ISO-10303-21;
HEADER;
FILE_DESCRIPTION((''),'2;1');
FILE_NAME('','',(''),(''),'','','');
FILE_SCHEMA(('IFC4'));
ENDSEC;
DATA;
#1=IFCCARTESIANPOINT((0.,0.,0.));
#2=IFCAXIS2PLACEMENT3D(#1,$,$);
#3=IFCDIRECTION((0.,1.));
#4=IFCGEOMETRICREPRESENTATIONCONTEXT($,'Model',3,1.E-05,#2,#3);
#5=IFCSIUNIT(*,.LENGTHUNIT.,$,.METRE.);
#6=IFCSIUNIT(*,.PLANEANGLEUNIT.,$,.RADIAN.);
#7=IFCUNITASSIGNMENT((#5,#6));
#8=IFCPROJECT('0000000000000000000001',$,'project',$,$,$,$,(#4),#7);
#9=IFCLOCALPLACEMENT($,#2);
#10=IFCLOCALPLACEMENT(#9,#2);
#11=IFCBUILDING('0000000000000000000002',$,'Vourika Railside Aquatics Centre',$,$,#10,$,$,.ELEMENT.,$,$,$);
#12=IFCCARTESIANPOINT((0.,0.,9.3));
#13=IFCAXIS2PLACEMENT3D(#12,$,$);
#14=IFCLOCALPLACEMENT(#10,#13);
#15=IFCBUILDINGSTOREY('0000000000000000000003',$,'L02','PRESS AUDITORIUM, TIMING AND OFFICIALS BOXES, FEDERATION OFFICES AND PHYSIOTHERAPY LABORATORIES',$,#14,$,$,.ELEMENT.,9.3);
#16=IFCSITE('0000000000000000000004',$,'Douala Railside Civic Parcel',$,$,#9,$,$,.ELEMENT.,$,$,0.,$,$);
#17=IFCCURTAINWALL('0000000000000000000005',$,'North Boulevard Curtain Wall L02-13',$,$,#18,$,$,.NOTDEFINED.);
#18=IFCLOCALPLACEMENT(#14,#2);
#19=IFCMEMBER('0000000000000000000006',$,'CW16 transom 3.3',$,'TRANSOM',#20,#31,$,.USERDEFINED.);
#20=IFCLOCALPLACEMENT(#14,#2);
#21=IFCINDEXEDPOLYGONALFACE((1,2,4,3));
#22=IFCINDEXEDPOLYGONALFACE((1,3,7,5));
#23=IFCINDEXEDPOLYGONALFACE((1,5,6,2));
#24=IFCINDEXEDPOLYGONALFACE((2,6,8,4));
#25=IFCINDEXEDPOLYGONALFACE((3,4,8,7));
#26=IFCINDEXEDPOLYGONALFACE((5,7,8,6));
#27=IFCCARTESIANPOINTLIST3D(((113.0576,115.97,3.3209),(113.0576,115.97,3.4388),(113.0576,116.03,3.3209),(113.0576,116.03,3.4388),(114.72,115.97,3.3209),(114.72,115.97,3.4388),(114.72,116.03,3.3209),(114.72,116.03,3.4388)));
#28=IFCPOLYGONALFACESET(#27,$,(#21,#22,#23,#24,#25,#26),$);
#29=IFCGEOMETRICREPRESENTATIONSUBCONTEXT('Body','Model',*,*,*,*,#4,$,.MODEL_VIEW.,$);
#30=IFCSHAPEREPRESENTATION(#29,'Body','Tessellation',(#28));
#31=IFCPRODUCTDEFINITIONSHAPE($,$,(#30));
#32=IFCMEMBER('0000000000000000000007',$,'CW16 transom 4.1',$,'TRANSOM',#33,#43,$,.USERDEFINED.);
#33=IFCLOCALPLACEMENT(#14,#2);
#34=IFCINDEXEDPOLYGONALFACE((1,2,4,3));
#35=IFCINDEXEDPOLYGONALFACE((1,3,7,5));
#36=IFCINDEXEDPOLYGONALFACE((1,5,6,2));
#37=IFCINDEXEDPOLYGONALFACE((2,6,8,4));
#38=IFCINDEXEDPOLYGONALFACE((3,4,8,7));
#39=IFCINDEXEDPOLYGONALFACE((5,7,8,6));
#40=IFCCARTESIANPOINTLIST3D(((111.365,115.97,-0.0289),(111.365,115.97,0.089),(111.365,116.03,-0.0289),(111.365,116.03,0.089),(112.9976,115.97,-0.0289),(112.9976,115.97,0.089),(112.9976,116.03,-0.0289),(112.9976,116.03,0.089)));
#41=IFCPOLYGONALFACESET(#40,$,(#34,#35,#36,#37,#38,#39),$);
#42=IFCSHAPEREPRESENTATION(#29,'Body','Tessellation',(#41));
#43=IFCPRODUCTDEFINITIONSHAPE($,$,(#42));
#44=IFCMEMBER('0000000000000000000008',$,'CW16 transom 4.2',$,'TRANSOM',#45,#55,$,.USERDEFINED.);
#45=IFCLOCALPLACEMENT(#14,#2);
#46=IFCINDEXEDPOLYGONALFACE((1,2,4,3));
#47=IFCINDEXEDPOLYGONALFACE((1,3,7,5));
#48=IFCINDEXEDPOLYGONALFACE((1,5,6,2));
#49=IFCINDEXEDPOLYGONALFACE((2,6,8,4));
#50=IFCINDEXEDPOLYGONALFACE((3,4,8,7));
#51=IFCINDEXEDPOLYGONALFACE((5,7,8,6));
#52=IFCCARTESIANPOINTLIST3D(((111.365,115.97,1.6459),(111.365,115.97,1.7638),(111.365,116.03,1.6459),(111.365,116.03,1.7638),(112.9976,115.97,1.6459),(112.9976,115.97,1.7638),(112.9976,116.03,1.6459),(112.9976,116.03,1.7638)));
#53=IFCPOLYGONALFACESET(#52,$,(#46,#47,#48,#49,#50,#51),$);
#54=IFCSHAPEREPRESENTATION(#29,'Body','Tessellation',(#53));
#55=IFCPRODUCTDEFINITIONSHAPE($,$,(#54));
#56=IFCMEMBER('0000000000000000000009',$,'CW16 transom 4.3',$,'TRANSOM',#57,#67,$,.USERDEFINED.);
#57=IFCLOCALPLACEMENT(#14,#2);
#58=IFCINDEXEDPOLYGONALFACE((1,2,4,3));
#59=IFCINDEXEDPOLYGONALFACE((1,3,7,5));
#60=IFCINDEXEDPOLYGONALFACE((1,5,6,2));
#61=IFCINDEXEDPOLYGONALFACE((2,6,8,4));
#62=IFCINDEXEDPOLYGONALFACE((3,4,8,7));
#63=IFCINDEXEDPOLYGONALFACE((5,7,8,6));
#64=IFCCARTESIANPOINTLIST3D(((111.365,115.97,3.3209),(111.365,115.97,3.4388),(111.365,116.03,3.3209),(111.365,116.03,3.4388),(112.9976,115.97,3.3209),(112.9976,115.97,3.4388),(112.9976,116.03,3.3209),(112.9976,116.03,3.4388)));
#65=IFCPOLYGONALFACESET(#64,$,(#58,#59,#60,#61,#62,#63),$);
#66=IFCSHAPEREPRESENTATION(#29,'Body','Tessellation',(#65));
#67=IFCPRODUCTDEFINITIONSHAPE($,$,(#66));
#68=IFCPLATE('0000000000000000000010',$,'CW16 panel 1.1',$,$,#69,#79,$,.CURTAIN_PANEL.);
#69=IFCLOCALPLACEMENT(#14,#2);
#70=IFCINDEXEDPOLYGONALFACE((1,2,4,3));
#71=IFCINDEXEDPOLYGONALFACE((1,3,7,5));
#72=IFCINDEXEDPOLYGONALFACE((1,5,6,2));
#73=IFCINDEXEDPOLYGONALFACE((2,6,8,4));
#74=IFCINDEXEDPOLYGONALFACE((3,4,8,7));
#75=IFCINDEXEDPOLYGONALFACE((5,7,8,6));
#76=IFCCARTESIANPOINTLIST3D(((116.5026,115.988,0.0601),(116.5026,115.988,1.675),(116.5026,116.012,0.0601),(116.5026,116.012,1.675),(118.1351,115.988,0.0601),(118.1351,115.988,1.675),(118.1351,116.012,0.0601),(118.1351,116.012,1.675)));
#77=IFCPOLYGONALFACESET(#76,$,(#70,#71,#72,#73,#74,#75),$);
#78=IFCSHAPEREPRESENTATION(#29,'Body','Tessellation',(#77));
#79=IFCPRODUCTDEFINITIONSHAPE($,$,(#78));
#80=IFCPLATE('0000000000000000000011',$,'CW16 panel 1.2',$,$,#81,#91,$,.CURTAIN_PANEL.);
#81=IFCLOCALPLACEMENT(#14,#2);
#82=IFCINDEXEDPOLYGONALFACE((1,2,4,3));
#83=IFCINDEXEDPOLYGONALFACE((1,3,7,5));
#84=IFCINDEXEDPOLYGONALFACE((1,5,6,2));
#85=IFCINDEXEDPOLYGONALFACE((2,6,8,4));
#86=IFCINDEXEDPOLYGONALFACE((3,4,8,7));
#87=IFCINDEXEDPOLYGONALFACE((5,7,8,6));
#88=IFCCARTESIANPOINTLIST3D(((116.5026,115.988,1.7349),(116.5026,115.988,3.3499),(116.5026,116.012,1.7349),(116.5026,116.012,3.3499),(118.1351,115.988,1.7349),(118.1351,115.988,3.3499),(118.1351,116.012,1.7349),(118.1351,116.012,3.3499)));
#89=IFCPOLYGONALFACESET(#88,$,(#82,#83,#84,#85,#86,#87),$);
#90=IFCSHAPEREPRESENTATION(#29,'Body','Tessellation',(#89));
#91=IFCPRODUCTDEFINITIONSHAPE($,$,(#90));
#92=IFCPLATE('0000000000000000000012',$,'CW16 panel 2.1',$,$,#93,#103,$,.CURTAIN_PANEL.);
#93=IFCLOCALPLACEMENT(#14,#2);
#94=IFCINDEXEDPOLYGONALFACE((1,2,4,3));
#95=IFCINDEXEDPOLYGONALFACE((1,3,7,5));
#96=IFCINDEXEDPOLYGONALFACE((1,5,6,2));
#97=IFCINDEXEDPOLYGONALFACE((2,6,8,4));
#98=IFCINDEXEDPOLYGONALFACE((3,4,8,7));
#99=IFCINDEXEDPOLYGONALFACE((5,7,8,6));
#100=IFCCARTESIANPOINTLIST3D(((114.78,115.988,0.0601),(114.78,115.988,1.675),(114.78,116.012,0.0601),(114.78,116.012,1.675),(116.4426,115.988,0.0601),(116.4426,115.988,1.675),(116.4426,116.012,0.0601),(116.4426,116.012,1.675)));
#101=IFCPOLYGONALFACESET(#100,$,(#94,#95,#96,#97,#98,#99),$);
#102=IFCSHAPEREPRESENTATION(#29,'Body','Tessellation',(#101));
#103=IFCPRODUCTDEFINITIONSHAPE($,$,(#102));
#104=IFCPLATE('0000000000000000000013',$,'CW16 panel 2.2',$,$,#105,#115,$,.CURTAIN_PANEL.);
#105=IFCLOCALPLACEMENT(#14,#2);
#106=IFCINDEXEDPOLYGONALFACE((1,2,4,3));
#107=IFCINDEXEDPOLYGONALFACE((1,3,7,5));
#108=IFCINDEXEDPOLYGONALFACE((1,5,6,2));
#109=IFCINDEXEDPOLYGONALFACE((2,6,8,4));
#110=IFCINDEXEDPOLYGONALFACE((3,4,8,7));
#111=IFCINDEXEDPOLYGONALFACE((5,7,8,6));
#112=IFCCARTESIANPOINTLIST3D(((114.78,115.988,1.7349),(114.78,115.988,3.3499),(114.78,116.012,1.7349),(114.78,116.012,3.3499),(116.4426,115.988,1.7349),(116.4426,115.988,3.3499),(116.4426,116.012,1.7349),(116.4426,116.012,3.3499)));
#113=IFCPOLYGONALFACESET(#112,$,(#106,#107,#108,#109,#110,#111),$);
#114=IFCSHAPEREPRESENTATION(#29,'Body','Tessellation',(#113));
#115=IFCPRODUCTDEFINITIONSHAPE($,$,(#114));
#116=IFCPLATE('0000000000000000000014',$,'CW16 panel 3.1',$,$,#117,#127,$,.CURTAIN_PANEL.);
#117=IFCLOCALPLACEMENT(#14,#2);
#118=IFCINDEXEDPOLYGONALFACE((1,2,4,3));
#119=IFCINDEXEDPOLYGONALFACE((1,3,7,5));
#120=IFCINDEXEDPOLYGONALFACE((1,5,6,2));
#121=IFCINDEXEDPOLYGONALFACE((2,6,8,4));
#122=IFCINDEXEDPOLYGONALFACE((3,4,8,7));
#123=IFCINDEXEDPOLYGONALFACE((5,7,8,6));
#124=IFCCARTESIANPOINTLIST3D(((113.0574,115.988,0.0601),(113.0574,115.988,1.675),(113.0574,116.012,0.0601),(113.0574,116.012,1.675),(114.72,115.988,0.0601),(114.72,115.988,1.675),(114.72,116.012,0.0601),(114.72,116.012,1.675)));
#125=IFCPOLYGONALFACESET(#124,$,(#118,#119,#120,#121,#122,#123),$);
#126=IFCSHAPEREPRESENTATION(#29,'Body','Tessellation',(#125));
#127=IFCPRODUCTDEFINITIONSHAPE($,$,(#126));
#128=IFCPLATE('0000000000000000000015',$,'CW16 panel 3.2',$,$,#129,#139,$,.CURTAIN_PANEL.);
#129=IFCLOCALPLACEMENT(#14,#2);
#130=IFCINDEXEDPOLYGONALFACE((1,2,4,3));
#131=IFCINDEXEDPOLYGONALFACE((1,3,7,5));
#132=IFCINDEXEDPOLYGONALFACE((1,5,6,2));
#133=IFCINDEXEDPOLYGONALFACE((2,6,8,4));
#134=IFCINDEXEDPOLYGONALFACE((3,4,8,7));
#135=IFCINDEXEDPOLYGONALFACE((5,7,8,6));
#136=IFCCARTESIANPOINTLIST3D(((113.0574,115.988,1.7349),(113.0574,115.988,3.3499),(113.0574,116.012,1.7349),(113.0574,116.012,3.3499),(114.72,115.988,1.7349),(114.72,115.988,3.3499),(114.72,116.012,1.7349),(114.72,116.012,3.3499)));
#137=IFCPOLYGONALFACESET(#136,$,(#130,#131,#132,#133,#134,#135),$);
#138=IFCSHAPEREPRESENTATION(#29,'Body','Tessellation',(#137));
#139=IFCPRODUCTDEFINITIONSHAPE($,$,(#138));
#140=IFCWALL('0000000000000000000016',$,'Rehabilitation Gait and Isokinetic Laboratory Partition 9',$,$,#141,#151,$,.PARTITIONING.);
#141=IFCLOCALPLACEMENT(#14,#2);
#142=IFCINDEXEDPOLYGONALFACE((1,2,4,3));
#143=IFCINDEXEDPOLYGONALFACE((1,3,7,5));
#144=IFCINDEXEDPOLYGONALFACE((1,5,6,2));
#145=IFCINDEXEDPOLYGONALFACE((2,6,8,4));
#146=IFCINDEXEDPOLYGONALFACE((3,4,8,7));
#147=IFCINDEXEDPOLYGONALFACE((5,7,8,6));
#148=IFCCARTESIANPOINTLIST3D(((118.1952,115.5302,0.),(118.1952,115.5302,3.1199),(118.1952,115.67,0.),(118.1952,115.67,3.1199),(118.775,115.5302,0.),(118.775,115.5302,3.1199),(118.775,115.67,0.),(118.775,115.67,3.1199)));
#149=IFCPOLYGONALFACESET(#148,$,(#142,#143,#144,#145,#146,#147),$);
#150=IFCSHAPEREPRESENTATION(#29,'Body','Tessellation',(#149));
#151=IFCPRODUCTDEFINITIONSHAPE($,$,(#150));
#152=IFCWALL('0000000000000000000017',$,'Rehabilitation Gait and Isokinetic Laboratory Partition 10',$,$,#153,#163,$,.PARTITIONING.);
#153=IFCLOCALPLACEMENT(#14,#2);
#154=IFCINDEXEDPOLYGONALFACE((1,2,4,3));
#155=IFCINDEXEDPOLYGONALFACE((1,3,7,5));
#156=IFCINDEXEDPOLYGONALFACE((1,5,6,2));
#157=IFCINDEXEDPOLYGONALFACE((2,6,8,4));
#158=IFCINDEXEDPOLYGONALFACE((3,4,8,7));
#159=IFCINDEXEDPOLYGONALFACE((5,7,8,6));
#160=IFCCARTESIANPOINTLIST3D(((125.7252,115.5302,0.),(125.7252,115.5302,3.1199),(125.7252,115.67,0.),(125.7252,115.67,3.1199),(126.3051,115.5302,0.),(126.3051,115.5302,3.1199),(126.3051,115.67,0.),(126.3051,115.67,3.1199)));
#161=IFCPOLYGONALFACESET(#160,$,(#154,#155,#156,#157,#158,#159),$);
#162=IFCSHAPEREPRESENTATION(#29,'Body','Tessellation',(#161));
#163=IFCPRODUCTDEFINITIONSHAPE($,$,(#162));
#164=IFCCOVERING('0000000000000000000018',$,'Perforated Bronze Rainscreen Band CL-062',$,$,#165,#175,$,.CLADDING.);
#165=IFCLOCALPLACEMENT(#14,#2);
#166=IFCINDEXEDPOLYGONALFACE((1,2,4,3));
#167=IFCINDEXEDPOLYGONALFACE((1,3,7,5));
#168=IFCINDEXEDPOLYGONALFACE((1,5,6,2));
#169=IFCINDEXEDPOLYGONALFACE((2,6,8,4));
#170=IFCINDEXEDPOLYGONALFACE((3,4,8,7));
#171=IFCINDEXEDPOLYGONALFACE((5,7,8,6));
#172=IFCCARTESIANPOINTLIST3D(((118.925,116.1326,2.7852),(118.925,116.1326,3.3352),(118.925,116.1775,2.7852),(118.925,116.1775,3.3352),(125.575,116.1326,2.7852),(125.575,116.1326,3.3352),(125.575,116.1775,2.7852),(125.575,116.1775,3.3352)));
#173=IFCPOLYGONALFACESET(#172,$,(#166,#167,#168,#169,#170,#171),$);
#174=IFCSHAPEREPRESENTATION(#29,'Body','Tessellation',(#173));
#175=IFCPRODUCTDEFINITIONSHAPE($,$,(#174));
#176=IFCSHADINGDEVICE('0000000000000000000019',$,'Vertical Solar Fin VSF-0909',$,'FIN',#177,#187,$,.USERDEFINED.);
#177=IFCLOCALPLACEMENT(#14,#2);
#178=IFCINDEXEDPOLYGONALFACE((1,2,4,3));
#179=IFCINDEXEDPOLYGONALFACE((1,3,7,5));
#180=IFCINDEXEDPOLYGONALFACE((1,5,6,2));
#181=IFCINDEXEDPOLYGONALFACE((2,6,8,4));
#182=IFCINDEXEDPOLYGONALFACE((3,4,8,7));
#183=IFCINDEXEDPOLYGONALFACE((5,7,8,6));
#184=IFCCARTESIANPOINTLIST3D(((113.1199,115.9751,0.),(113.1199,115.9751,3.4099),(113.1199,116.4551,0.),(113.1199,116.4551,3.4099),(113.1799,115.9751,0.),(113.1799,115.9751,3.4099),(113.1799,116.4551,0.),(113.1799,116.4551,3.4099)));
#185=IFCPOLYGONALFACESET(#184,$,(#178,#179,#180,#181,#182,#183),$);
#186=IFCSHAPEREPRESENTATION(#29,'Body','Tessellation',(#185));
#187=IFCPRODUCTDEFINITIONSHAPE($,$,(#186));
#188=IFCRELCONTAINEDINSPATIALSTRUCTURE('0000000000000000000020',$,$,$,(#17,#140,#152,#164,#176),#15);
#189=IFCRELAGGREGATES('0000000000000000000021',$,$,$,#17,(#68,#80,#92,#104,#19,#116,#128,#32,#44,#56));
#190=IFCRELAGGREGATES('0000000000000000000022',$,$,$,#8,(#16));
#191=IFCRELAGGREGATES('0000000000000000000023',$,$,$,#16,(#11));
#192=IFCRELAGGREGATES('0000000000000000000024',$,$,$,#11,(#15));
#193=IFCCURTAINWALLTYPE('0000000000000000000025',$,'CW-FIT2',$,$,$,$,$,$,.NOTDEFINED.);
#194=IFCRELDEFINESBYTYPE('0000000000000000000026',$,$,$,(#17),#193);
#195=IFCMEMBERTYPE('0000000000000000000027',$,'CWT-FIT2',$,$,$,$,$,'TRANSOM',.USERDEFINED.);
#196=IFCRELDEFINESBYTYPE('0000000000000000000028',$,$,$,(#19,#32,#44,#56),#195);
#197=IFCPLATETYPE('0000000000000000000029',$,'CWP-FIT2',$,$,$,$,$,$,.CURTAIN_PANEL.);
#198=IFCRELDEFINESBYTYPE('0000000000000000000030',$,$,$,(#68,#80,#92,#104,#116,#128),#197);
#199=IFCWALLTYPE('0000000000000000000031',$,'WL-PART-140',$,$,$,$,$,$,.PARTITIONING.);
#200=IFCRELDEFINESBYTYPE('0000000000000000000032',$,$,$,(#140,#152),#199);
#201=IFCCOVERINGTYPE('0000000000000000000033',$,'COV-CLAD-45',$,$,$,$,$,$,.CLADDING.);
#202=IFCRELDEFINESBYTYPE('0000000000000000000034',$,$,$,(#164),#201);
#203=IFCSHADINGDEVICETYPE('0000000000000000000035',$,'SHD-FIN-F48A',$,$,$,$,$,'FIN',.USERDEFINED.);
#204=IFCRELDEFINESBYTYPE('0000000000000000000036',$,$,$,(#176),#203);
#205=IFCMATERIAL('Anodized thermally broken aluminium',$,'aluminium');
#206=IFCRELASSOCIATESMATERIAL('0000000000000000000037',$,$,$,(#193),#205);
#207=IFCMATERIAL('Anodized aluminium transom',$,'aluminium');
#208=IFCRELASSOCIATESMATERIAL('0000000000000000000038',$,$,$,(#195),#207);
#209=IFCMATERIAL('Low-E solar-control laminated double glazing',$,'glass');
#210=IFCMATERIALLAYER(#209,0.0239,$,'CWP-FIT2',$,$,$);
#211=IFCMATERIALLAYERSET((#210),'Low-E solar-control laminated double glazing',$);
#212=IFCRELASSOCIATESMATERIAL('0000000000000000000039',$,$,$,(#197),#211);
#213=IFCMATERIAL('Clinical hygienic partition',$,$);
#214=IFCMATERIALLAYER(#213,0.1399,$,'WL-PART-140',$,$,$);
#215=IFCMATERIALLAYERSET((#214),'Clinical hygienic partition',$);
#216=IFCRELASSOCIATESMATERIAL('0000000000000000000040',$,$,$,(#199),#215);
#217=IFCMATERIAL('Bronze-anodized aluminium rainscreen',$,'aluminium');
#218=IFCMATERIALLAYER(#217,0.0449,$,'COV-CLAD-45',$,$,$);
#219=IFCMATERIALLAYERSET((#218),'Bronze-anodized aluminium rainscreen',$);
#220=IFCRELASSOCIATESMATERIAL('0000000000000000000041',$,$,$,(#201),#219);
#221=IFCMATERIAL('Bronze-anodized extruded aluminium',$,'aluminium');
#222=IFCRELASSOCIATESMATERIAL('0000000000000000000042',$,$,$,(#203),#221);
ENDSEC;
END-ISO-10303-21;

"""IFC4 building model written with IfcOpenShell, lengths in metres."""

from ifc_helpers import new_model, si_unit, direction, frame, frame_2d, origin, origin_2d, place, context, subcontext, project, spatial, rectangle, extrude, material, layer, layer_set, material_profile, profile_set, type_object, element, aggregate, save


model = new_model("IFC4")

# Units and contexts
model_context = context("Model", 3, precision=1e-05, world=origin(), true_north=direction((0.0, 1.0)))
body_context = subcontext(model_context, "Body", "Model", "MODEL_VIEW")
ifc_project = project(units=[si_unit("LENGTHUNIT", "METRE"), si_unit("PLANEANGLEUNIT", "RADIAN")], contexts=[model_context])

# Site, building, storey
site_placement = place(None, origin())
site = spatial("IfcSite", under=ifc_project, at=site_placement, Name="Douala Railside Civic Parcel", CompositionType="ELEMENT", RefElevation=0.0)
building_placement = place(site_placement, origin())
building = spatial("IfcBuilding", under=site, at=building_placement, Name="Vourika Railside Aquatics Centre", CompositionType="ELEMENT")
storey_placement = place(building_placement, frame((0.0, 0.0, 9.3)))
storey = spatial("IfcBuildingStorey", under=building, at=storey_placement, Name="L02", Description="PRESS AUDITORIUM, TIMING AND OFFICIALS BOXES, FEDERATION OFFICES AND PHYSIOTHERAPY LABORATORIES", CompositionType="ELEMENT", Elevation=9.3)

# Curtain wall, members, plates
ifc_material_1 = material(Name="Anodized thermally broken aluminium", Category="aluminium")
curtain_wall_type = type_object("IfcCurtainWallType", Name="CW-FIT2", PredefinedType="NOTDEFINED", material=ifc_material_1)
curtain_wall_placement = place(storey_placement, origin())
curtain_wall = element("IfcCurtainWall", 1, at=curtain_wall_placement, inside=storey, type_object=curtain_wall_type, Name="North Boulevard Curtain Wall L02-13", PredefinedType="NOTDEFINED")
ifc_material_2 = material(Name="Anodized aluminium transom", Category="aluminium")
ifc_material_profile_1 = material_profile(ifc_material_2, rectangle(XDim=0.0601, YDim=0.1179, at=origin_2d()), Name="ALU-T 60x118")
ifc_profile_set_1 = profile_set([ifc_material_profile_1], Name="Anodized aluminium transom")
member_type_1 = type_object("IfcMemberType", Name="CWT-FIT2", ElementType="TRANSOM", PredefinedType="USERDEFINED", material=ifc_profile_set_1)
member_1_placement = place(storey_placement, frame((114.72, 116.0, 3.3799), z_axis=(-1.0, 0.0, 0.0), x_axis=(0.0, -1.0, 0.0)))
member_1 = element("IfcMember", 2, at=member_1_placement, type_object=member_type_1, Name="CW16 transom 3.3", ObjectType="TRANSOM", PredefinedType="USERDEFINED", context=body_context, shape_type="SweptSolid", body=[
    extrude(rectangle(XDim=0.0601, YDim=0.1179, at=origin_2d()), origin(), (0.0, 0.0, 1.0), 1.6624),
])
member_2_placement = place(storey_placement, frame((112.9976, 116.0, 0.03), z_axis=(-1.0, 0.0, 0.0), x_axis=(0.0, -1.0, 0.0)))
member_2 = element("IfcMember", 3, at=member_2_placement, type_object=member_type_1, Name="CW16 transom 4.1", ObjectType="TRANSOM", PredefinedType="USERDEFINED", context=body_context, shape_type="SweptSolid", body=[
    extrude(rectangle(XDim=0.0601, YDim=0.1179, at=origin_2d()), origin(), (0.0, 0.0, 1.0), 1.6326),
])
member_3_placement = place(storey_placement, frame((112.9976, 116.0, 1.7048), z_axis=(-1.0, 0.0, 0.0), x_axis=(0.0, -1.0, 0.0)))
member_3 = element("IfcMember", 4, at=member_3_placement, type_object=member_type_1, Name="CW16 transom 4.2", ObjectType="TRANSOM", PredefinedType="USERDEFINED", context=body_context, shape_type="SweptSolid", body=[
    extrude(rectangle(XDim=0.0601, YDim=0.1179, at=origin_2d()), origin(), (0.0, 0.0, 1.0), 1.6326),
])
member_4_placement = place(storey_placement, frame((112.9976, 116.0, 3.3799), z_axis=(-1.0, 0.0, 0.0), x_axis=(0.0, -1.0, 0.0)))
member_4 = element("IfcMember", 5, at=member_4_placement, type_object=member_type_1, Name="CW16 transom 4.3", ObjectType="TRANSOM", PredefinedType="USERDEFINED", context=body_context, shape_type="SweptSolid", body=[
    extrude(rectangle(XDim=0.0601, YDim=0.1179, at=origin_2d()), origin(), (0.0, 0.0, 1.0), 1.6326),
])
ifc_material_3 = material(Name="Low-E solar-control laminated double glazing", Category="glass")
ifc_layer_1 = layer(ifc_material_3, 0.0239, Name="CWP-FIT2")
ifc_layer_set_1 = layer_set([ifc_layer_1], Name="Low-E solar-control laminated double glazing")
plate_type = type_object("IfcPlateType", Name="CWP-FIT2", PredefinedType="CURTAIN_PANEL", material=ifc_layer_set_1)
plate_1_placement = place(storey_placement, frame((117.3188, 116.0, 0.0601), z_axis=(0.0, 0.0, 1.0), x_axis=(-1.0, 0.0, 0.0)))
plate_1 = element("IfcPlate", 6, at=plate_1_placement, type_object=plate_type, Name="CW16 panel 1.1", PredefinedType="CURTAIN_PANEL", context=body_context, shape_type="SweptSolid", body=[
    extrude(rectangle(XDim=1.6326, YDim=0.0239, at=origin_2d()), origin(), (0.0, 0.0, 1.0), 1.615),
])
plate_2_placement = place(storey_placement, frame((117.3188, 116.0, 1.7349), z_axis=(0.0, 0.0, 1.0), x_axis=(-1.0, 0.0, 0.0)))
plate_2 = element("IfcPlate", 7, at=plate_2_placement, type_object=plate_type, Name="CW16 panel 1.2", PredefinedType="CURTAIN_PANEL", context=body_context, shape_type="SweptSolid", body=[
    extrude(rectangle(XDim=1.6326, YDim=0.0239, at=origin_2d()), origin(), (0.0, 0.0, 1.0), 1.615),
])
plate_3_placement = place(storey_placement, frame((115.6113, 116.0, 0.0601), z_axis=(0.0, 0.0, 1.0), x_axis=(-1.0, 0.0, 0.0)))
plate_3 = element("IfcPlate", 8, at=plate_3_placement, type_object=plate_type, Name="CW16 panel 2.1", PredefinedType="CURTAIN_PANEL", context=body_context, shape_type="SweptSolid", body=[
    extrude(rectangle(XDim=1.6626, YDim=0.0239, at=origin_2d()), origin(), (0.0, 0.0, 1.0), 1.615),
])
plate_4_placement = place(storey_placement, frame((115.6113, 116.0, 1.7349), z_axis=(0.0, 0.0, 1.0), x_axis=(-1.0, 0.0, 0.0)))
plate_4 = element("IfcPlate", 9, at=plate_4_placement, type_object=plate_type, Name="CW16 panel 2.2", PredefinedType="CURTAIN_PANEL", context=body_context, shape_type="SweptSolid", body=[
    extrude(rectangle(XDim=1.6626, YDim=0.0239, at=origin_2d()), origin(), (0.0, 0.0, 1.0), 1.615),
])
plate_5_placement = place(storey_placement, frame((113.8887, 116.0, 0.0601), z_axis=(0.0, 0.0, 1.0), x_axis=(-1.0, 0.0, 0.0)))
plate_5 = element("IfcPlate", 10, at=plate_5_placement, type_object=plate_type, Name="CW16 panel 3.1", PredefinedType="CURTAIN_PANEL", context=body_context, shape_type="SweptSolid", body=[
    extrude(rectangle(XDim=1.6626, YDim=0.0239, at=origin_2d()), origin(), (0.0, 0.0, 1.0), 1.615),
])
plate_6_placement = place(storey_placement, frame((113.8887, 116.0, 1.7349), z_axis=(0.0, 0.0, 1.0), x_axis=(-1.0, 0.0, 0.0)))
plate_6 = element("IfcPlate", 11, at=plate_6_placement, type_object=plate_type, Name="CW16 panel 3.2", PredefinedType="CURTAIN_PANEL", context=body_context, shape_type="SweptSolid", body=[
    extrude(rectangle(XDim=1.6626, YDim=0.0239, at=origin_2d()), origin(), (0.0, 0.0, 1.0), 1.615),
])
aggregate(curtain_wall, [plate_1, plate_2, plate_3, plate_4, member_1, plate_5, plate_6, member_2, member_3, member_4])

# Walls
ifc_material_4 = material(Name="Clinical hygienic partition")
ifc_layer_2 = layer(ifc_material_4, 0.1399, Name="WL-PART-140")
ifc_layer_set_2 = layer_set([ifc_layer_2], Name="Clinical hygienic partition")
wall_type = type_object("IfcWallType", Name="WL-PART-140", PredefinedType="PARTITIONING", material=ifc_layer_set_2)
for number, where, z_axis, x_axis, name in (
    (12, (118.1951, 115.6001, 0.0), (0.0, 0.0, 1.0), (1.0, 0.0, 0.0), "Rehabilitation Gait and Isokinetic Laboratory Partition 9"),
    (13, (125.7251, 115.6001, 0.0), (0.0, 0.0, 1.0), (1.0, 0.0, 0.0), "Rehabilitation Gait and Isokinetic Laboratory Partition 10"),
):
    element("IfcWall", number, at=place(storey_placement, frame(where, z_axis=z_axis, x_axis=x_axis)), inside=storey, type_object=wall_type, Name=name, PredefinedType="PARTITIONING", context=body_context, shape_type="SweptSolid", body=[
        extrude(rectangle(XDim=0.5798, YDim=0.1399, at=frame_2d((0.29, 0.0))), origin(), (0.0, 0.0, 1.0), 3.1199),
    ])

# Covering
ifc_material_5 = material(Name="Bronze-anodized aluminium rainscreen", Category="aluminium")
ifc_layer_3 = layer(ifc_material_5, 0.0449, Name="COV-CLAD-45")
ifc_layer_set_3 = layer_set([ifc_layer_3], Name="Bronze-anodized aluminium rainscreen")
covering_type = type_object("IfcCoveringType", Name="COV-CLAD-45", PredefinedType="CLADDING", material=ifc_layer_set_3)
covering_placement = place(storey_placement, frame((122.25, 116.155, 2.7852), z_axis=(0.0, 0.0, 1.0), x_axis=(-1.0, 0.0, 0.0)))
element("IfcCovering", 14, at=covering_placement, inside=storey, type_object=covering_type, Name="Perforated Bronze Rainscreen Band CL-062", PredefinedType="CLADDING", context=body_context, shape_type="SweptSolid", body=[
    extrude(rectangle(XDim=6.6499, YDim=0.0449, at=origin_2d()), origin(), (0.0, 0.0, 1.0), 0.55),
])

# Shading device
ifc_material_6 = material(Name="Bronze-anodized extruded aluminium", Category="aluminium")
ifc_material_profile_2 = material_profile(ifc_material_6, rectangle(XDim=0.0601, YDim=0.48, at=origin_2d()), Name="ALU-FIN 60x480")
ifc_profile_set_2 = profile_set([ifc_material_profile_2], Name="Bronze-anodized extruded aluminium")
shading_device_type = type_object("IfcShadingDeviceType", Name="SHD-FIN-F48A", ElementType="FIN", PredefinedType="USERDEFINED", material=ifc_profile_set_2)
for number, where, z_axis, x_axis, name in (
    (15, (113.1499, 116.2151, 0.0), (0.0, 0.0, 1.0), (1.0, 0.0, 0.0), "Vertical Solar Fin VSF-0909"),
):
    element("IfcShadingDevice", number, at=place(storey_placement, frame(where, z_axis=z_axis, x_axis=x_axis)), inside=storey, type_object=shading_device_type, Name=name, ObjectType="FIN", PredefinedType="USERDEFINED", context=body_context, shape_type="SweptSolid", body=[
        extrude(rectangle(XDim=0.0601, YDim=0.48, at=origin_2d()), origin(), (0.0, 0.0, 1.0), 3.4099),
    ])

save(model, "model.ifc")
